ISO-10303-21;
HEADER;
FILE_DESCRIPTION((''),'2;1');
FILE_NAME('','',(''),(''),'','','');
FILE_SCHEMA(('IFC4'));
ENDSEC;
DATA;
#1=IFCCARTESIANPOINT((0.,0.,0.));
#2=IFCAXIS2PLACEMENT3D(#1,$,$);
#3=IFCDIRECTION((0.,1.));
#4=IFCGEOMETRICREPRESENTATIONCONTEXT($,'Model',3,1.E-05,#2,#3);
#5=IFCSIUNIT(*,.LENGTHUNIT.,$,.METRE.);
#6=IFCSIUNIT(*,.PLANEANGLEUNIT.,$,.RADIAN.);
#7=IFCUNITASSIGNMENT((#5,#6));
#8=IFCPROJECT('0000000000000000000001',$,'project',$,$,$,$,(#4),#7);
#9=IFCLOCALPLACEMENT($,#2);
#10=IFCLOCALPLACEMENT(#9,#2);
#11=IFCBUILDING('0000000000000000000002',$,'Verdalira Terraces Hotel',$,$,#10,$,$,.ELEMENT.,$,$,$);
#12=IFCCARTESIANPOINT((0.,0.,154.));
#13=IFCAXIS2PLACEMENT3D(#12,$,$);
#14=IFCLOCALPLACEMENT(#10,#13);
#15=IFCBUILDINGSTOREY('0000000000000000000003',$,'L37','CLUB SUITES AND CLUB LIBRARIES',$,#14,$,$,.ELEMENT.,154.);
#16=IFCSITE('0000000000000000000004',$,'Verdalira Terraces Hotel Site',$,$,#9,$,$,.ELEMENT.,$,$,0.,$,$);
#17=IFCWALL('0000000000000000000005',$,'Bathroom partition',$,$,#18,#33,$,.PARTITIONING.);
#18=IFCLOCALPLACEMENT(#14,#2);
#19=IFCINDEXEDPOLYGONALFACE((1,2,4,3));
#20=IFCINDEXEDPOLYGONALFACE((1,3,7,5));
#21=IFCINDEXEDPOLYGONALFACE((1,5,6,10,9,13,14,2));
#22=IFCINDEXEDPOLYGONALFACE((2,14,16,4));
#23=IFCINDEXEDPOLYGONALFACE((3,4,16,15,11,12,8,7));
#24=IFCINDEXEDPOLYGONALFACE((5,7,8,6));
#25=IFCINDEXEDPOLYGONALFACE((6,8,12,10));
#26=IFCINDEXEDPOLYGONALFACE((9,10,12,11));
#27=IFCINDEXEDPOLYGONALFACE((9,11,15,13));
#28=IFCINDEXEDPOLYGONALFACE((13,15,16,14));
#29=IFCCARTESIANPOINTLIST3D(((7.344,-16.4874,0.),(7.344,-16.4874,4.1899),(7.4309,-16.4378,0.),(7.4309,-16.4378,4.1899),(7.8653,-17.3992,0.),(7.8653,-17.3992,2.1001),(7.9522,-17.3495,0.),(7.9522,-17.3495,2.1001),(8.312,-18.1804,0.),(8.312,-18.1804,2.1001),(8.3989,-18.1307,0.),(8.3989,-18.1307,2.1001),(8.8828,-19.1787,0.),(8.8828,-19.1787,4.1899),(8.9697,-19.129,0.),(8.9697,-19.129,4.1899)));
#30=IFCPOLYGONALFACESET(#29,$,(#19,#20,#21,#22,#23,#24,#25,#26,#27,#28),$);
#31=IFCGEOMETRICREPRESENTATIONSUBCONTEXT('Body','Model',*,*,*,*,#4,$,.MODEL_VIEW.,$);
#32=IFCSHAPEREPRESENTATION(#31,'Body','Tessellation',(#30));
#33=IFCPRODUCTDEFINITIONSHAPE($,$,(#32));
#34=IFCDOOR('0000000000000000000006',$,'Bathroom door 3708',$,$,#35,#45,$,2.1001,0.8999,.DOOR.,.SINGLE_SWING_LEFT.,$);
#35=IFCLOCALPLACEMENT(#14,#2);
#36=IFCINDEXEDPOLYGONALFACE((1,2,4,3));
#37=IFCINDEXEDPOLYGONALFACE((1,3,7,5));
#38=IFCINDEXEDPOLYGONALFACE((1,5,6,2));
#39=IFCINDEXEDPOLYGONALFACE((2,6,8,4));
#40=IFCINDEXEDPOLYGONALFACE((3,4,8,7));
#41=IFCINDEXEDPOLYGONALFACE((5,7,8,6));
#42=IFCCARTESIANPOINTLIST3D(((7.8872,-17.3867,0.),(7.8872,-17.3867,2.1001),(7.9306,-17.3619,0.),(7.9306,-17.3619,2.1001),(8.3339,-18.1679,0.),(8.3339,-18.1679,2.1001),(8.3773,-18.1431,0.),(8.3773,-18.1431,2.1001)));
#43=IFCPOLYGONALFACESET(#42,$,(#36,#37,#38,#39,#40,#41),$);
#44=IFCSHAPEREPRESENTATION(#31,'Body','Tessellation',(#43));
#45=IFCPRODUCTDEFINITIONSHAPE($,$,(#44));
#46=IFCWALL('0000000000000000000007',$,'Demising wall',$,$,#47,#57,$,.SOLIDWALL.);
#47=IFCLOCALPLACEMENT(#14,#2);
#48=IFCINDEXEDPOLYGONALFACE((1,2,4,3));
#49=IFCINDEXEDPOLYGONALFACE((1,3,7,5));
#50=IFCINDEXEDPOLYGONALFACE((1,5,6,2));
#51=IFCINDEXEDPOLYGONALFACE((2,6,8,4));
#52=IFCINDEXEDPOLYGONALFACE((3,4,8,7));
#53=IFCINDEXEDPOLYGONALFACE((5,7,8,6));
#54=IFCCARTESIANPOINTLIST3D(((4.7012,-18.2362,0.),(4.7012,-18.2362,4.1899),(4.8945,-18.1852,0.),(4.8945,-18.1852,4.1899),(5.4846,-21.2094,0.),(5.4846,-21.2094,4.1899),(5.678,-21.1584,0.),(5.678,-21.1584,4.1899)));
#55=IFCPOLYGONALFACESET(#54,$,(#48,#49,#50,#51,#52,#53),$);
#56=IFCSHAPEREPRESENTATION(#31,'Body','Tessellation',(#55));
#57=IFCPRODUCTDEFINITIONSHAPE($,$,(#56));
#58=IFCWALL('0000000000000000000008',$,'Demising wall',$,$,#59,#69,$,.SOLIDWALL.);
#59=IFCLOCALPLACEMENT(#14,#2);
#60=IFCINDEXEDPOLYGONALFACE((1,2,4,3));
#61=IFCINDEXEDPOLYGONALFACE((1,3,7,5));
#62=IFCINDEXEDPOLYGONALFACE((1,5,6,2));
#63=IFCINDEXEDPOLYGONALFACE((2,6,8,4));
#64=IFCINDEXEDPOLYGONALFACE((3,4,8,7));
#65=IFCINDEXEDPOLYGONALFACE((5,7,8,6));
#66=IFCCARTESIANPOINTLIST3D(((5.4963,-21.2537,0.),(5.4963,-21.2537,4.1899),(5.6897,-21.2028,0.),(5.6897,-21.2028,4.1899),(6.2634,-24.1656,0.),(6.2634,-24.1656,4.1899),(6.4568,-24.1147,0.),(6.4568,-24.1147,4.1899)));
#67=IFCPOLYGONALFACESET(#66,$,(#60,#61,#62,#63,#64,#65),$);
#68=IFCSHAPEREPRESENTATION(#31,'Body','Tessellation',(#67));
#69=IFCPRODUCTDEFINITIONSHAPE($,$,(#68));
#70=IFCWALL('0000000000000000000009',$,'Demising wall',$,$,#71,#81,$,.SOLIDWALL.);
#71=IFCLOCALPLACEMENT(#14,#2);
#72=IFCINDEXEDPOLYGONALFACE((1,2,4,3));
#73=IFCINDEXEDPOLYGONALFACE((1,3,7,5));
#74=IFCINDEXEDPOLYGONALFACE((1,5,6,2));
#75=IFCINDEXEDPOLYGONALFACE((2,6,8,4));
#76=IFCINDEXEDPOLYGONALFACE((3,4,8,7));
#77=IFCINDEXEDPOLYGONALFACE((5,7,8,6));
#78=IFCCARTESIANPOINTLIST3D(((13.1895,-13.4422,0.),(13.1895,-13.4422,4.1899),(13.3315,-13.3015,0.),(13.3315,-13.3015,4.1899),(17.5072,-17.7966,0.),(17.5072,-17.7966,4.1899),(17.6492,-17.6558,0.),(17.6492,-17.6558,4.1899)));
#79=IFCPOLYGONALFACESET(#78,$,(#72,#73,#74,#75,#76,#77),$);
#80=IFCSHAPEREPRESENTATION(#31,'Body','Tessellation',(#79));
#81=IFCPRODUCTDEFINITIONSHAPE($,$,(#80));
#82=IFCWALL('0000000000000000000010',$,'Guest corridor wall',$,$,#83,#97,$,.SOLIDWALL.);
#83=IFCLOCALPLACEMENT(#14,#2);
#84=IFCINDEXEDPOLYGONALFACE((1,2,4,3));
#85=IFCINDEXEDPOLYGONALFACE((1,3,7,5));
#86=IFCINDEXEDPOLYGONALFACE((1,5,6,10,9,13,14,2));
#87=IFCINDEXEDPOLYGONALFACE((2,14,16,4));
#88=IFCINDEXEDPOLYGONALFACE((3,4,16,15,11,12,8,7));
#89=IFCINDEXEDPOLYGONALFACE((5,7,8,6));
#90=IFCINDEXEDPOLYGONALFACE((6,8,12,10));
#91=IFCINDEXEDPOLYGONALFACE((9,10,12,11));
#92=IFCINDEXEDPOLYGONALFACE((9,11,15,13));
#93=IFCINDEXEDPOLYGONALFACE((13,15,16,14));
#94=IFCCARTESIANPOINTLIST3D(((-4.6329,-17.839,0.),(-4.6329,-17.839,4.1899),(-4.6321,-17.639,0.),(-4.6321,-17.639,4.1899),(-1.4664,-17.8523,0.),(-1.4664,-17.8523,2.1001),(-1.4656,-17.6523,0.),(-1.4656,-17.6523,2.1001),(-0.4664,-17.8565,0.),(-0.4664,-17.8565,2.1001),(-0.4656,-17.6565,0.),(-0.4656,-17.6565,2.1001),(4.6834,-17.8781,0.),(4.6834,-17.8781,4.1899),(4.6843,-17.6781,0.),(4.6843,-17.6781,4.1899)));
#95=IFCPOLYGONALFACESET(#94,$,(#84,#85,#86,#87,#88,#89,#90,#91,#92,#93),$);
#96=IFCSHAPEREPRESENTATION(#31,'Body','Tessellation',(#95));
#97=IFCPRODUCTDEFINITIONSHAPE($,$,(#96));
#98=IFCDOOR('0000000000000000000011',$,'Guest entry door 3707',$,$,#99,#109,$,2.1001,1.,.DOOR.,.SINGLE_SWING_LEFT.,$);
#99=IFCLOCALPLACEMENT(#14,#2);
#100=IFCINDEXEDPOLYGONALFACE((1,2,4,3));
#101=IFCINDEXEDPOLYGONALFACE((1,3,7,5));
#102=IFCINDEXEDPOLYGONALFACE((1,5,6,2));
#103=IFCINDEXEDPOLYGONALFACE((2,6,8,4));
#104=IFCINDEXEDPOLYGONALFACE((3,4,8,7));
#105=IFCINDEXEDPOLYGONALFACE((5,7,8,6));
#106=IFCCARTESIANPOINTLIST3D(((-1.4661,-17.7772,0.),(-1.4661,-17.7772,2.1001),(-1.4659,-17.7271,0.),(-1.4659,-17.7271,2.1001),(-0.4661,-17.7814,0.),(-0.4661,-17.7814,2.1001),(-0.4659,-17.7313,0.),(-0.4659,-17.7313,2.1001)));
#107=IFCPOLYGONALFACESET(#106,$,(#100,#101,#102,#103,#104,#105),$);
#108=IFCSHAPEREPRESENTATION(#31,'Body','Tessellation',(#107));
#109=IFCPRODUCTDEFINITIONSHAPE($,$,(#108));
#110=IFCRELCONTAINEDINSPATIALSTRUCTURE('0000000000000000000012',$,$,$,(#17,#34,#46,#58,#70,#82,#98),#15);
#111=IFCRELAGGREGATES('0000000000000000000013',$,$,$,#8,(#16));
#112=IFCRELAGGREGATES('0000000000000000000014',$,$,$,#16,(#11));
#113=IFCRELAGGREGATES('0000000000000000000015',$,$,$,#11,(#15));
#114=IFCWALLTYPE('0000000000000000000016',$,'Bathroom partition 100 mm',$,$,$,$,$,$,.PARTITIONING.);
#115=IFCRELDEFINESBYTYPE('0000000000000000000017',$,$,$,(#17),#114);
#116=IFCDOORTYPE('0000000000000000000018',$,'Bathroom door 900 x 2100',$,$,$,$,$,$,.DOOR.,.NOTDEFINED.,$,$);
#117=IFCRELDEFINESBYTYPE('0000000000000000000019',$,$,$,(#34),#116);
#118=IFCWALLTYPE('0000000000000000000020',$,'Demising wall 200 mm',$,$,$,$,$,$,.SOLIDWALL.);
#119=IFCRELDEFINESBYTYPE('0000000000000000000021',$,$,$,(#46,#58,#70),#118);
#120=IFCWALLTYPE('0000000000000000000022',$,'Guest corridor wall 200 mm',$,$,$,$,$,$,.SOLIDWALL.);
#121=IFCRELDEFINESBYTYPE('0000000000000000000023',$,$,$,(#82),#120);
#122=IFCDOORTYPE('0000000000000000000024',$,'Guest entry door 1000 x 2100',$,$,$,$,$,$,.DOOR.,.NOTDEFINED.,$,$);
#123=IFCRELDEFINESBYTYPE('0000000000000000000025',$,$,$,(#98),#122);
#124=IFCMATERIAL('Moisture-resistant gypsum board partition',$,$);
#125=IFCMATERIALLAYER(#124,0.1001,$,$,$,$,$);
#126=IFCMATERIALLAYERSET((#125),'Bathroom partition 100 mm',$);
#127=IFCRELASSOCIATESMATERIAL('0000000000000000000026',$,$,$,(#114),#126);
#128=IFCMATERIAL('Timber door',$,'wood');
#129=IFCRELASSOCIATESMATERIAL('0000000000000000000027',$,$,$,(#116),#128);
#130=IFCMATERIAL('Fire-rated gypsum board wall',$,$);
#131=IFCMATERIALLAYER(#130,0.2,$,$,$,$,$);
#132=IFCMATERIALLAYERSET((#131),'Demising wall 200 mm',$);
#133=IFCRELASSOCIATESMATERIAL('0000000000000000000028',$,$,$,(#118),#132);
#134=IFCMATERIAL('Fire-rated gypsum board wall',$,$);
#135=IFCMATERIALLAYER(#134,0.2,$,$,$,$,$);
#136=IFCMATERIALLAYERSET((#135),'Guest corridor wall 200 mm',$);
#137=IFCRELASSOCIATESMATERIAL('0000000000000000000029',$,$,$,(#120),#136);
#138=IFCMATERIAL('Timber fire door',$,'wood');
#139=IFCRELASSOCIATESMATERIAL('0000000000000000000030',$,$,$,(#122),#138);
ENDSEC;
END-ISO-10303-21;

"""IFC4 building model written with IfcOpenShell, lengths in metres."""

from ifc_helpers import new_model, si_unit, direction, frame, frame_2d, origin, place, context, subcontext, project, spatial, rectangle, extrude, material, layer, layer_set, type_object, element, fill, save


model = new_model("IFC4")

# Units and contexts
model_context = context("Model", 3, precision=1e-05, world=origin(), true_north=direction((0.0, 1.0)))
body_context = subcontext(model_context, "Body", "Model", "MODEL_VIEW")
ifc_project = project(units=[si_unit("LENGTHUNIT", "METRE"), si_unit("PLANEANGLEUNIT", "RADIAN")], contexts=[model_context])

# Site, building, storey
site_placement = place(None, origin())
site = spatial("IfcSite", under=ifc_project, at=site_placement, Name="Verdalira Terraces Hotel Site", CompositionType="ELEMENT", RefElevation=0.0)
building_placement = place(site_placement, origin())
building = spatial("IfcBuilding", under=site, at=building_placement, Name="Verdalira Terraces Hotel", CompositionType="ELEMENT")
storey_placement = place(building_placement, frame((0.0, 0.0, 154.0)))
storey = spatial("IfcBuildingStorey", under=building, at=storey_placement, Name="L37", Description="CLUB SUITES AND CLUB LIBRARIES", CompositionType="ELEMENT", Elevation=154.0)

# Shared definitions
ifc_material_1 = material(Name="Moisture-resistant gypsum board partition")
ifc_layer_1 = layer(ifc_material_1, 0.1001)
ifc_layer_set_1 = layer_set([ifc_layer_1], Name="Bathroom partition 100 mm")
wall_type_1 = type_object("IfcWallType", Name="Bathroom partition 100 mm", PredefinedType="PARTITIONING", material=ifc_layer_set_1)

# Wall, opening, door
wall_1_placement = place(storey_placement, frame((8.9263, -19.1538, 0.0), z_axis=(0.0, 0.0, 1.0), x_axis=(-0.496385, 0.868103, 0.0)))
wall_1 = element("IfcWall", 1, at=wall_1_placement, inside=storey, type_object=wall_type_1, Name="Bathroom partition", PredefinedType="PARTITIONING", context=body_context, shape_type="SweptSolid", body=[
    extrude(rectangle(XDim=3.1001, YDim=0.1001, at=frame_2d((1.55, 0.0))), origin(), (0.0, 0.0, 1.0), 4.1899),
])
opening_1_placement = place(wall_1_placement, frame((1.1499, 0.0, 0.0)))
opening_1 = element("IfcOpeningElement", 2, at=opening_1_placement, cuts=wall_1, PredefinedType="OPENING", context=body_context, shape_type="SweptSolid", body=[
    extrude(rectangle(XDim=0.8999, YDim=2.1001, at=frame_2d((0.45, 1.05))), frame((0.0, 0.0601, 0.0), z_axis=(0.0, -1.0, 0.0), x_axis=(1.0, 0.0, 0.0)), (0.0, 0.0, 1.0), 0.1201),
])
ifc_material_2 = material(Name="Timber door", Category="wood")
door_type_1 = type_object("IfcDoorType", Name="Bathroom door 900 x 2100", OperationType="NOTDEFINED", PredefinedType="DOOR", material=ifc_material_2)
door_1_placement = place(opening_1_placement, origin())
door_1 = element("IfcDoor", 3, at=door_1_placement, inside=storey, type_object=door_type_1, Name="Bathroom door 3708", OperationType="SINGLE_SWING_LEFT", OverallHeight=2.1001, OverallWidth=0.8999, PredefinedType="DOOR", context=body_context, shape_type="SweptSolid", body=[
    extrude(rectangle(XDim=0.8999, YDim=2.1001, at=frame_2d((0.45, 1.05))), frame((0.0, 0.0249, 0.0), z_axis=(0.0, -1.0, 0.0), x_axis=(1.0, 0.0, 0.0)), (0.0, 0.0, 1.0), 0.05),
])
fill(opening_1, door_1)

# Walls
ifc_material_3 = material(Name="Fire-rated gypsum board wall")
ifc_layer_2 = layer(ifc_material_3, 0.2)
ifc_layer_set_2 = layer_set([ifc_layer_2], Name="Demising wall 200 mm")
wall_type_2 = type_object("IfcWallType", Name="Demising wall 200 mm", PredefinedType="SOLIDWALL", material=ifc_layer_set_2)
wall_2_placement = place(storey_placement, frame((4.7979, -18.2107, 0.0), z_axis=(0.0, 0.0, 1.0), x_axis=(0.25481, -0.966991, 0.0)))
element("IfcWall", 4, at=wall_2_placement, inside=storey, type_object=wall_type_2, Name="Demising wall", PredefinedType="SOLIDWALL", context=body_context, shape_type="SweptSolid", body=[
    extrude(rectangle(XDim=3.0747, YDim=0.2, at=frame_2d((1.5374, 0.0))), origin(), (0.0, 0.0, 1.0), 4.1899),
])
wall_3_placement = place(storey_placement, frame((5.593, -21.2283, 0.0), z_axis=(0.0, 0.0, 1.0), x_axis=(0.254745, -0.967008, 0.0)))
element("IfcWall", 5, at=wall_3_placement, inside=storey, type_object=wall_type_2, Name="Demising wall", PredefinedType="SOLIDWALL", context=body_context, shape_type="SweptSolid", body=[
    extrude(rectangle(XDim=3.0112, YDim=0.2, at=frame_2d((1.5056, 0.0))), origin(), (0.0, 0.0, 1.0), 4.1899),
])
wall_4_placement = place(storey_placement, frame((17.5781, -17.7261, 0.0), z_axis=(0.0, 0.0, 1.0), x_axis=(-0.704114, 0.710087, 0.0)))
element("IfcWall", 6, at=wall_4_placement, inside=storey, type_object=wall_type_2, Name="Demising wall", PredefinedType="SOLIDWALL", context=body_context, shape_type="SweptSolid", body=[
    extrude(rectangle(XDim=6.1321, YDim=0.2, at=frame_2d((3.0659, 0.0))), origin(), (0.0, 0.0, 1.0), 4.1899),
])

# Wall, opening, door
ifc_material_4 = material(Name="Fire-rated gypsum board wall")
ifc_layer_3 = layer(ifc_material_4, 0.2)
ifc_layer_set_3 = layer_set([ifc_layer_3], Name="Guest corridor wall 200 mm")
wall_type_3 = type_object("IfcWallType", Name="Guest corridor wall 200 mm", PredefinedType="SOLIDWALL", material=ifc_layer_set_3)
wall_5_placement = place(storey_placement, frame((4.6838, -17.7781, 0.0), z_axis=(0.0, 0.0, 1.0), x_axis=(-0.999991, 0.004193, 0.0)))
wall_5 = element("IfcWall", 7, at=wall_5_placement, inside=storey, type_object=wall_type_3, Name="Guest corridor wall", PredefinedType="SOLIDWALL", context=body_context, shape_type="SweptSolid", body=[
    extrude(rectangle(XDim=9.3164, YDim=0.2, at=frame_2d((4.6582, 0.0))), origin(), (0.0, 0.0, 1.0), 4.1899),
])
opening_2_placement = place(wall_5_placement, frame((5.1499, 0.0, 0.0)))
opening_2 = element("IfcOpeningElement", 8, at=opening_2_placement, cuts=wall_5, PredefinedType="OPENING", context=body_context, shape_type="SweptSolid", body=[
    extrude(rectangle(XDim=1.0, YDim=2.1001, at=frame_2d((0.5, 1.05))), frame((0.0, 0.1099, 0.0), z_axis=(0.0, -1.0, 0.0), x_axis=(1.0, 0.0, 0.0)), (0.0, 0.0, 1.0), 0.22),
])
ifc_material_5 = material(Name="Timber fire door", Category="wood")
door_type_2 = type_object("IfcDoorType", Name="Guest entry door 1000 x 2100", OperationType="NOTDEFINED", PredefinedType="DOOR", material=ifc_material_5)
door_2_placement = place(opening_2_placement, origin())
door_2 = element("IfcDoor", 9, at=door_2_placement, inside=storey, type_object=door_type_2, Name="Guest entry door 3707", OperationType="SINGLE_SWING_LEFT", OverallHeight=2.1001, OverallWidth=1.0, PredefinedType="DOOR", context=body_context, shape_type="SweptSolid", body=[
    extrude(rectangle(XDim=1.0, YDim=2.1001, at=frame_2d((0.5, 1.05))), frame((0.0, 0.0249, 0.0), z_axis=(0.0, -1.0, 0.0), x_axis=(1.0, 0.0, 0.0)), (0.0, 0.0, 1.0), 0.05),
])
fill(opening_2, door_2)

save(model, "model.ifc")
